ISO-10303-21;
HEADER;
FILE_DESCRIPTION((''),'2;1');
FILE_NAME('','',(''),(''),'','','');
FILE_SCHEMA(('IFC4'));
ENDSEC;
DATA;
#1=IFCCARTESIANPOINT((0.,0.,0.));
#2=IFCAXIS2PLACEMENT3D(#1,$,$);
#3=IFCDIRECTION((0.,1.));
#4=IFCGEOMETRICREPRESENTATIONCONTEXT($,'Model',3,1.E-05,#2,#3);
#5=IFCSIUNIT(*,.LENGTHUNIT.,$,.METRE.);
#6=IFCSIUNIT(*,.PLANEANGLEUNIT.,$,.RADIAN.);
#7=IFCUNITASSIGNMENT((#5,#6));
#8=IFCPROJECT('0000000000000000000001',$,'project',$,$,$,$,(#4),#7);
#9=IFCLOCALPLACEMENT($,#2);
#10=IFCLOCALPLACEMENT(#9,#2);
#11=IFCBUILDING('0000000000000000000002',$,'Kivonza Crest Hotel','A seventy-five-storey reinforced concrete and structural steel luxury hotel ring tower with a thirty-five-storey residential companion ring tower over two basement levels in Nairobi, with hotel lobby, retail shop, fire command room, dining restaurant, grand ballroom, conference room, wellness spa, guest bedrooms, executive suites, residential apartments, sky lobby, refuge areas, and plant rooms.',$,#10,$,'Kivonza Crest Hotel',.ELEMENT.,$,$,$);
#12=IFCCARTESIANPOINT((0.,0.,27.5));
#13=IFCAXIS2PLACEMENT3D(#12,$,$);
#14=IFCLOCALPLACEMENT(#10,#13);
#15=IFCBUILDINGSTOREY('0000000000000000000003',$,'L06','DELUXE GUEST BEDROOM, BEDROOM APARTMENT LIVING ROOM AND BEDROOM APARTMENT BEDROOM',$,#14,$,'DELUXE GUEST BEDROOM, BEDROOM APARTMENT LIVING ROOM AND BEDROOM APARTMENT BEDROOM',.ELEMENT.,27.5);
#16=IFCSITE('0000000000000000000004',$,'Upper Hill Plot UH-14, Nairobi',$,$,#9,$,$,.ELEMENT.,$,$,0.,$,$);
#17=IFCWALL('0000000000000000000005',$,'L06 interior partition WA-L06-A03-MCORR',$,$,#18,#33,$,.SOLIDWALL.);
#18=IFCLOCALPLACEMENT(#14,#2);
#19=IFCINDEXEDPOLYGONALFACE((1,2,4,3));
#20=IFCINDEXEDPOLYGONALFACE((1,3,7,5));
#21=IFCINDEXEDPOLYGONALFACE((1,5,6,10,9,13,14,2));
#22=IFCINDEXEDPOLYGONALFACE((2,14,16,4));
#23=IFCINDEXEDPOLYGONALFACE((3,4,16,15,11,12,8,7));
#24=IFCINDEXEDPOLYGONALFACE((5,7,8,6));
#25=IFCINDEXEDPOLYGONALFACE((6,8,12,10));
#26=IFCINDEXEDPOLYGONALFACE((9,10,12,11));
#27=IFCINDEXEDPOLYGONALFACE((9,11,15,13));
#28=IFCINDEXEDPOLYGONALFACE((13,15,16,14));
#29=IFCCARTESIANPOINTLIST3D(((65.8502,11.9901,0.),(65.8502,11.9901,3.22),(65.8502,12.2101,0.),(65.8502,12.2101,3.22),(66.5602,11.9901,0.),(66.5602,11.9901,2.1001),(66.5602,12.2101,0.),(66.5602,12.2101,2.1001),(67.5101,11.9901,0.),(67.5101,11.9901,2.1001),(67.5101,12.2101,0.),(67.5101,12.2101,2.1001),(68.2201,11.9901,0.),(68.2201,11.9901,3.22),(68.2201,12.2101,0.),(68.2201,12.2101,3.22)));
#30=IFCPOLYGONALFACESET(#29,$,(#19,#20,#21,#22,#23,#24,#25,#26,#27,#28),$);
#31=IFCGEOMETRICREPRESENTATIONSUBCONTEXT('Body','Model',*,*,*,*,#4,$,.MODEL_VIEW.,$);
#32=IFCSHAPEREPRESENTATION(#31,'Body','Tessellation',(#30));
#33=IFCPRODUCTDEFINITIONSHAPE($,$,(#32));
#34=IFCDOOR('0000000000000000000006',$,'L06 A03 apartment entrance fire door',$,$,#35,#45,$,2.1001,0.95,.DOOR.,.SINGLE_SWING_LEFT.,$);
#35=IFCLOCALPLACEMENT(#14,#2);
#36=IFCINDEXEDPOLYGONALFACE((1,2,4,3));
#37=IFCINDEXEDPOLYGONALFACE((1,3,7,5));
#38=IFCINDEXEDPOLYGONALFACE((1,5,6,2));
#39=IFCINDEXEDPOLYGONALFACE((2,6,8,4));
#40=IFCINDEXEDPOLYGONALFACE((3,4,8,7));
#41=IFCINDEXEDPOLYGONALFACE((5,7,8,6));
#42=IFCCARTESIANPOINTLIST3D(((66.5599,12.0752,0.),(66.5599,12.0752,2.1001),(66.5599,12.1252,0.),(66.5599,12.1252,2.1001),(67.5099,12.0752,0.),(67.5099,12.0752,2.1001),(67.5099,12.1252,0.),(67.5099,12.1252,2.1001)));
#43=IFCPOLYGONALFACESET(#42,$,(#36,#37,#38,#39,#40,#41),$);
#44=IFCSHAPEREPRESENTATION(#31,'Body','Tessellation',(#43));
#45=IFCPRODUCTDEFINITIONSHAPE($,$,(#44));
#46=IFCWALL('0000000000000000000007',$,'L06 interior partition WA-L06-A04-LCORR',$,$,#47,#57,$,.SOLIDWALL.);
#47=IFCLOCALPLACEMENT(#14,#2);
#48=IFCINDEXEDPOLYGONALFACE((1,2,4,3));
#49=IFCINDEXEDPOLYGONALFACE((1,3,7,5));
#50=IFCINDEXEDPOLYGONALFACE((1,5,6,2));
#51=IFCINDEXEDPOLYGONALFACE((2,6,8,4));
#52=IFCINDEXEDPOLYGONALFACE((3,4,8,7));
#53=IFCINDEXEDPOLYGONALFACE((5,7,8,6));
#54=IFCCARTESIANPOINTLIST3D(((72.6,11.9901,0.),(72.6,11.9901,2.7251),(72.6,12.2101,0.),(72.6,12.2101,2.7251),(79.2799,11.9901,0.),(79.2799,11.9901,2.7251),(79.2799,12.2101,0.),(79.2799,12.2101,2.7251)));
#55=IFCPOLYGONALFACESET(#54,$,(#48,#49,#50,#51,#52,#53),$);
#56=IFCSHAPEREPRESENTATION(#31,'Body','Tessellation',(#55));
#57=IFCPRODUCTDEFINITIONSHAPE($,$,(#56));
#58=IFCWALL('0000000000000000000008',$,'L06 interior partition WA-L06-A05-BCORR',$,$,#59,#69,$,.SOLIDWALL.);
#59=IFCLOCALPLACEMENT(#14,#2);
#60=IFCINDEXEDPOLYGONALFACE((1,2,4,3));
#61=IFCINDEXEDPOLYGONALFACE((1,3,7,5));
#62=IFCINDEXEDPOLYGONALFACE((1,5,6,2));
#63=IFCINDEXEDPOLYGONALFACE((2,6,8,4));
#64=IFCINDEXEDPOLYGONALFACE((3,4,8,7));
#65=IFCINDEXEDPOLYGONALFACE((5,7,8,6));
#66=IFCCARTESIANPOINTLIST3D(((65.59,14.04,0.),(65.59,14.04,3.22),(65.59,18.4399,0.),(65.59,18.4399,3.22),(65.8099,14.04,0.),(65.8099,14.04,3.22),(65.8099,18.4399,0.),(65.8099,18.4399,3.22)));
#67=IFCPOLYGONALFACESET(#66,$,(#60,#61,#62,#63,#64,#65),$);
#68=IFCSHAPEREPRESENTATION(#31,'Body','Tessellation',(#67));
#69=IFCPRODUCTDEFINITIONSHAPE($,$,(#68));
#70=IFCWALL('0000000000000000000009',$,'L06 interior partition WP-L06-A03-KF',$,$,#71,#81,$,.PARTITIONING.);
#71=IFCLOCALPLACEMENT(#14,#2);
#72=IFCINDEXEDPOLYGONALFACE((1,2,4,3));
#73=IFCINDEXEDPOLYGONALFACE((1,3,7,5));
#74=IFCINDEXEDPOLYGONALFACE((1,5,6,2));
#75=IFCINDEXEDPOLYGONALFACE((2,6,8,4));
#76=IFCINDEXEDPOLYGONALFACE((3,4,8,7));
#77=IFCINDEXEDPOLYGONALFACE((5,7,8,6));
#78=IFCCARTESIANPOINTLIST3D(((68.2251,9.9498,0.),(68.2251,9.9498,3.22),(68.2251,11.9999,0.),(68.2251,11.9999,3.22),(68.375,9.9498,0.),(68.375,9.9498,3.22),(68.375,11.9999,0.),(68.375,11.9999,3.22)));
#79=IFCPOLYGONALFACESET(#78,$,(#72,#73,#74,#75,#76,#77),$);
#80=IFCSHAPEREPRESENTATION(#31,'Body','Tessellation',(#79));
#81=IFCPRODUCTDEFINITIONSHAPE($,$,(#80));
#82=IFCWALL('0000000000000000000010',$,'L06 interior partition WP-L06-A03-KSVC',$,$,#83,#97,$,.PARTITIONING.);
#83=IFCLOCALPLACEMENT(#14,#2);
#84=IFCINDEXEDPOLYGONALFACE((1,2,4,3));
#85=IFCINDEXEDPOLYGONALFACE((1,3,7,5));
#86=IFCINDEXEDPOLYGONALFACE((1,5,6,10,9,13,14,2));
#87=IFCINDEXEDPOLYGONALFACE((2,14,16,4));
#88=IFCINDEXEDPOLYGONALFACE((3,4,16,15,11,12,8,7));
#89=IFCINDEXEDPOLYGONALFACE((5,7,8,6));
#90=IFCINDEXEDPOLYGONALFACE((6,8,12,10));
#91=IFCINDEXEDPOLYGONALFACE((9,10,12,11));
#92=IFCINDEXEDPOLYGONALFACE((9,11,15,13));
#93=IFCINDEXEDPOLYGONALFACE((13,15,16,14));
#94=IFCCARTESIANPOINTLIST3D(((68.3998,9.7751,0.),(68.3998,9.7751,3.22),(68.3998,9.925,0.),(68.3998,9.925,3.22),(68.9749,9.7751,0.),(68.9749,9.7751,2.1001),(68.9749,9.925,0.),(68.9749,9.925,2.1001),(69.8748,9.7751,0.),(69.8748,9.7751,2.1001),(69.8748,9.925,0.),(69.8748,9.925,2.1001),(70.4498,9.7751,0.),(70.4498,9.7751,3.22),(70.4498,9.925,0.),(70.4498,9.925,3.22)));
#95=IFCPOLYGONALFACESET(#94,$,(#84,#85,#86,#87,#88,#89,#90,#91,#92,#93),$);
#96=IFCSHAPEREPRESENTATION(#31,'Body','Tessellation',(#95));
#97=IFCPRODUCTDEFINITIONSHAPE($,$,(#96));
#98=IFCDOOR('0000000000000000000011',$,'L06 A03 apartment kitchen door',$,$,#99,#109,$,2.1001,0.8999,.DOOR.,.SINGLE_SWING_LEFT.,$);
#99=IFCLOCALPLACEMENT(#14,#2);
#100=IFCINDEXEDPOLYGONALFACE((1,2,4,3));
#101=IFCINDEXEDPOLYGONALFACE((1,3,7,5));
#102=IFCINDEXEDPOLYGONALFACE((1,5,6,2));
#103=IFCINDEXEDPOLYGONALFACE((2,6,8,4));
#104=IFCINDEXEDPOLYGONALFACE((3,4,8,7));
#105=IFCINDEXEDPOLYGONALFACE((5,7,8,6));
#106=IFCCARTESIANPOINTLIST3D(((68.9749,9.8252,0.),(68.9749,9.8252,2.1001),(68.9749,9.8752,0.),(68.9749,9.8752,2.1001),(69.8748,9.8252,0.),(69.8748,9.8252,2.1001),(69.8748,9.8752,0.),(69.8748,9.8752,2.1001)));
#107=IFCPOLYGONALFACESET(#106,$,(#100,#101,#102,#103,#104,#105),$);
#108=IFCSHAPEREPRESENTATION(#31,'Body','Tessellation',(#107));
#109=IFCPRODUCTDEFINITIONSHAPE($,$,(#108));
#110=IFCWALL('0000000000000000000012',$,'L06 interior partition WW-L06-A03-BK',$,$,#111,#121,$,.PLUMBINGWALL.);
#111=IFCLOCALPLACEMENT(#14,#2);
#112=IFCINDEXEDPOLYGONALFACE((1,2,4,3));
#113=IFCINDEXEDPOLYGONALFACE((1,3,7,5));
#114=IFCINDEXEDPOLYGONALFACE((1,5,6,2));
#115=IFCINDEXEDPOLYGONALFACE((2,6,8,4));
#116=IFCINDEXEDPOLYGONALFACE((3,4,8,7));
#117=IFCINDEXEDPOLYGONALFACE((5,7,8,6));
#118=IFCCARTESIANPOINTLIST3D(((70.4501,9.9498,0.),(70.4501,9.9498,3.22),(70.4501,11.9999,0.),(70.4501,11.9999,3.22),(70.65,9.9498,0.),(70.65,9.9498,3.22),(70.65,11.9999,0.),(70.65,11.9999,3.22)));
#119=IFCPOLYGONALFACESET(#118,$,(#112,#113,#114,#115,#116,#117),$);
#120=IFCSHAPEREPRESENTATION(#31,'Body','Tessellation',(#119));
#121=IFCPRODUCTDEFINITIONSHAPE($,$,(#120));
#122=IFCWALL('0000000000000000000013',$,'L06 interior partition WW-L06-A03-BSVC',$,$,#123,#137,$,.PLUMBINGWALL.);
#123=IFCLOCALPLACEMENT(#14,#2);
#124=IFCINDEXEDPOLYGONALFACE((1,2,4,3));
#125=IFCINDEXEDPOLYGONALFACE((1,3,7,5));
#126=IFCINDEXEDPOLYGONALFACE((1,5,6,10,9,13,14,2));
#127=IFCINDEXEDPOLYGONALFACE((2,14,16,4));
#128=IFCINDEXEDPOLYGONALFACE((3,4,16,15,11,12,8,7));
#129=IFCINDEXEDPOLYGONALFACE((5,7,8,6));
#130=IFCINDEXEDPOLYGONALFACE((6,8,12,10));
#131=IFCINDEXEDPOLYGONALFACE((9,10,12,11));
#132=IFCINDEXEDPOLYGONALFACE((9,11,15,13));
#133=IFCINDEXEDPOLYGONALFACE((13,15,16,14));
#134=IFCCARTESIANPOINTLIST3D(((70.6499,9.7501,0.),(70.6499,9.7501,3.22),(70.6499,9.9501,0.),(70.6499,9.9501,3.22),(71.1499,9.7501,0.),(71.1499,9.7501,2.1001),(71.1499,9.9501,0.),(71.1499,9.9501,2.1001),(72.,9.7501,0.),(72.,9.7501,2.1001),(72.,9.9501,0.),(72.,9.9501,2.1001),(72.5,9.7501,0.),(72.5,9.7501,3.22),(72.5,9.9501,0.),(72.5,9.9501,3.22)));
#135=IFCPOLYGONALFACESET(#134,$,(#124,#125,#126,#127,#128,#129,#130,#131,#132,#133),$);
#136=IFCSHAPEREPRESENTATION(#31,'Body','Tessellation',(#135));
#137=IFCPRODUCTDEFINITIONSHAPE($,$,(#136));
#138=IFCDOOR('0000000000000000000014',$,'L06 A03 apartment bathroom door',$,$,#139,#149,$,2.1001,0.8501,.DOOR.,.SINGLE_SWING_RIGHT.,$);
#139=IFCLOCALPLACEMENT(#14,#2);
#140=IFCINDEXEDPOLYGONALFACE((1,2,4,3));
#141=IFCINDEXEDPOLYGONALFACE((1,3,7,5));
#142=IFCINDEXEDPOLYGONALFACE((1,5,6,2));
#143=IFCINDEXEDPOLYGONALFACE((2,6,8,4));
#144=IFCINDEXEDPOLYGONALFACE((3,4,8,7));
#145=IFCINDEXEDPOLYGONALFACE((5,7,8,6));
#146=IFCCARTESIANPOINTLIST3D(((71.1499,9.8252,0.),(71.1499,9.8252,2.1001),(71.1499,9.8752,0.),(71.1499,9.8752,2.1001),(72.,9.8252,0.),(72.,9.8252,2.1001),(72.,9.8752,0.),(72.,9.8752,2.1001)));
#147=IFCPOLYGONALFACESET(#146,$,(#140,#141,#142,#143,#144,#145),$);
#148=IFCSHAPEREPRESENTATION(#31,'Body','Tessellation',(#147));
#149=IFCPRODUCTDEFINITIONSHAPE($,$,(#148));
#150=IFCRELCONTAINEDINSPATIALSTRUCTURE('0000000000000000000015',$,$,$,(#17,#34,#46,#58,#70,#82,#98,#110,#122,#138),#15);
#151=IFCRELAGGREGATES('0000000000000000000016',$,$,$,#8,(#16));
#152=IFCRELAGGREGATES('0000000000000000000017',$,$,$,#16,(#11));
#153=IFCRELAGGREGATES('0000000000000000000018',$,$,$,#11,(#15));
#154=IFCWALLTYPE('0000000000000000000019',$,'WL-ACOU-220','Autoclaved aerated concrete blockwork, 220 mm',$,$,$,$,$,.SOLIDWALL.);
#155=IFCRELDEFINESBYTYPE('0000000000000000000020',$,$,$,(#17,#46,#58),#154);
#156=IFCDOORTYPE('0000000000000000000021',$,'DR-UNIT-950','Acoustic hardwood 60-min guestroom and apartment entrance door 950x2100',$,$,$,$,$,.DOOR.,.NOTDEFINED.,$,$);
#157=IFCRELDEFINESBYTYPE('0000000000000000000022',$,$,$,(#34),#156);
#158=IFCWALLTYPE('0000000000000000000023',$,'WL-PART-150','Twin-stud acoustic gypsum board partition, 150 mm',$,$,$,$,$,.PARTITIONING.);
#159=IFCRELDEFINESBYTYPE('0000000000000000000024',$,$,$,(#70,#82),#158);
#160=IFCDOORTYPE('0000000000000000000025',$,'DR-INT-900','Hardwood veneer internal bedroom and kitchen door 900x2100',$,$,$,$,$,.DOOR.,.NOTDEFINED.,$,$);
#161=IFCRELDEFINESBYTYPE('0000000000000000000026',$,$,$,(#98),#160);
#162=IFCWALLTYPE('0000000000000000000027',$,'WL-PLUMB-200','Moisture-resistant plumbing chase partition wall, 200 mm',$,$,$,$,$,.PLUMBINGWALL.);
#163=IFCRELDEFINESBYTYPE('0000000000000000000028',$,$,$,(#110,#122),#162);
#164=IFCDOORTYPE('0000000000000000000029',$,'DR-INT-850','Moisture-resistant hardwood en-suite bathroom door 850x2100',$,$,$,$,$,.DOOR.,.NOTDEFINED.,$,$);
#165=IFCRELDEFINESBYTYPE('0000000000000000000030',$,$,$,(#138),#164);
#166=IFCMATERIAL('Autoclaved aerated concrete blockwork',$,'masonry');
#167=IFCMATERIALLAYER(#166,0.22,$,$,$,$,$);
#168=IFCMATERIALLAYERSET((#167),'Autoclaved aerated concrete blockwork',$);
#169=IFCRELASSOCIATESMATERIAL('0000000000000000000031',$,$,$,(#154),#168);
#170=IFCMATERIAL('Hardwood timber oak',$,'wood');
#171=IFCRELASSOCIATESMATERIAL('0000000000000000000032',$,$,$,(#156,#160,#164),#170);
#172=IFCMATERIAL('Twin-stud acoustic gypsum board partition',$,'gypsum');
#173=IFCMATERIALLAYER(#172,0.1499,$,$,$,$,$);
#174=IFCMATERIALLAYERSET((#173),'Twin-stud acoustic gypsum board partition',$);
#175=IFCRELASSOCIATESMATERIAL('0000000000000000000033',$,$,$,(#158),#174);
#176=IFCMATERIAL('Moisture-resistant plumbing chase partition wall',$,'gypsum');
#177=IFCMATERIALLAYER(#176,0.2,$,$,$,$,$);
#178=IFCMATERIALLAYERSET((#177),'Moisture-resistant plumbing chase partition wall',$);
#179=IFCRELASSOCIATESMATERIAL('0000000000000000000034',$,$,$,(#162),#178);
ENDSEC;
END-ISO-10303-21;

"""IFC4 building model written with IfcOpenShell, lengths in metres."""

from ifc_helpers import new_model, si_unit, direction, frame, frame_2d, origin, place, context, subcontext, project, spatial, rectangle, extrude, material, layer, layer_set, type_object, element, fill, save


model = new_model("IFC4")

# Units and contexts
model_context = context("Model", 3, precision=1e-05, world=origin(), true_north=direction((0.0, 1.0)))
body_context = subcontext(model_context, "Body", "Model", "MODEL_VIEW")
ifc_project = project(units=[si_unit("LENGTHUNIT", "METRE"), si_unit("PLANEANGLEUNIT", "RADIAN")], contexts=[model_context])

# Site, building, storey
site_placement = place(None, origin())
site = spatial("IfcSite", under=ifc_project, at=site_placement, Name="Upper Hill Plot UH-14, Nairobi", CompositionType="ELEMENT", RefElevation=0.0)
building_placement = place(site_placement, origin())
building = spatial("IfcBuilding", under=site, at=building_placement, Name="Kivonza Crest Hotel", Description="A seventy-five-storey reinforced concrete and structural steel luxury hotel ring tower with a thirty-five-storey residential companion ring tower over two basement levels in Nairobi, with hotel lobby, retail shop, fire command room, dining restaurant, grand ballroom, conference room, wellness spa, guest bedrooms, executive suites, residential apartments, sky lobby, refuge areas, and plant rooms.", LongName="Kivonza Crest Hotel", CompositionType="ELEMENT")
storey_placement = place(building_placement, frame((0.0, 0.0, 27.5)))
storey = spatial("IfcBuildingStorey", under=building, at=storey_placement, Name="L06", Description="DELUXE GUEST BEDROOM, BEDROOM APARTMENT LIVING ROOM AND BEDROOM APARTMENT BEDROOM", LongName="DELUXE GUEST BEDROOM, BEDROOM APARTMENT LIVING ROOM AND BEDROOM APARTMENT BEDROOM", CompositionType="ELEMENT", Elevation=27.5)

# Shared definitions
ifc_material_1 = material(Name="Autoclaved aerated concrete blockwork", Category="masonry")
ifc_layer_1 = layer(ifc_material_1, 0.22)
ifc_layer_set_1 = layer_set([ifc_layer_1], Name="Autoclaved aerated concrete blockwork")
wall_type_1 = type_object("IfcWallType", Name="WL-ACOU-220", Description="Autoclaved aerated concrete blockwork, 220 mm", PredefinedType="SOLIDWALL", material=ifc_layer_set_1)

# Wall, opening, door
wall_1_placement = place(storey_placement, frame((65.8501, 12.1001, 0.0), z_axis=(0.0, 0.0, 1.0), x_axis=(1.0, 0.0, 0.0)))
wall_1 = element("IfcWall", 1, at=wall_1_placement, inside=storey, type_object=wall_type_1, Name="L06 interior partition WA-L06-A03-MCORR", PredefinedType="SOLIDWALL", context=body_context, shape_type="SweptSolid", body=[
    extrude(rectangle(XDim=2.3699, YDim=0.22, at=frame_2d((1.1851, 0.0))), origin(), (0.0, 0.0, 1.0), 3.22),
])
opening_1_placement = place(wall_1_placement, frame((0.71, 0.0, 0.0)))
opening_1 = element("IfcOpeningElement", 2, at=opening_1_placement, cuts=wall_1, PredefinedType="OPENING", context=body_context, shape_type="SweptSolid", body=[
    extrude(rectangle(XDim=0.95, YDim=2.1001, at=frame_2d((0.4751, 1.05))), frame((0.0, 0.1201, 0.0), z_axis=(0.0, -1.0, 0.0), x_axis=(1.0, 0.0, 0.0)), (0.0, 0.0, 1.0), 0.24),
])
ifc_material_2 = material(Name="Hardwood timber oak", Category="wood")
door_type_1 = type_object("IfcDoorType", Name="DR-UNIT-950", Description="Acoustic hardwood 60-min guestroom and apartment entrance door 950x2100", OperationType="NOTDEFINED", PredefinedType="DOOR", material=ifc_material_2)
door_1_placement = place(opening_1_placement, frame((0.95, 0.0, 0.0), z_axis=(0.0, 0.0, 1.0), x_axis=(-1.0, 0.0, 0.0)))
door_1 = element("IfcDoor", 3, at=door_1_placement, inside=storey, type_object=door_type_1, Name="L06 A03 apartment entrance fire door", OperationType="SINGLE_SWING_LEFT", OverallHeight=2.1001, OverallWidth=0.95, PredefinedType="DOOR", context=body_context, shape_type="SweptSolid", body=[
    extrude(rectangle(XDim=0.95, YDim=2.1001, at=frame_2d((0.4751, 1.05))), frame((0.0, 0.0249, 0.0), z_axis=(0.0, -1.0, 0.0), x_axis=(1.0, 0.0, 0.0)), (0.0, 0.0, 1.0), 0.05),
])
fill(opening_1, door_1)

# Walls
wall_2_placement = place(storey_placement, frame((72.6001, 12.1001, 0.0), z_axis=(0.0, 0.0, 1.0), x_axis=(1.0, 0.0, 0.0)))
element("IfcWall", 4, at=wall_2_placement, inside=storey, type_object=wall_type_1, Name="L06 interior partition WA-L06-A04-LCORR", PredefinedType="SOLIDWALL", context=body_context, shape_type="SweptSolid", body=[
    extrude(rectangle(XDim=6.6799, YDim=0.22, at=frame_2d((3.3398, 0.0))), origin(), (0.0, 0.0, 1.0), 2.7251),
])
wall_3_placement = place(storey_placement, frame((65.7, 14.04, 0.0), z_axis=(0.0, 0.0, 1.0), x_axis=(0.0, 1.0, 0.0)))
element("IfcWall", 5, at=wall_3_placement, inside=storey, type_object=wall_type_1, Name="L06 interior partition WA-L06-A05-BCORR", PredefinedType="SOLIDWALL", context=body_context, shape_type="SweptSolid", body=[
    extrude(rectangle(XDim=4.3999, YDim=0.22, at=frame_2d((2.2, 0.0))), origin(), (0.0, 0.0, 1.0), 3.22),
])

# Wall
ifc_material_3 = material(Name="Twin-stud acoustic gypsum board partition", Category="gypsum")
ifc_layer_2 = layer(ifc_material_3, 0.1499)
ifc_layer_set_2 = layer_set([ifc_layer_2], Name="Twin-stud acoustic gypsum board partition")
wall_type_2 = type_object("IfcWallType", Name="WL-PART-150", Description="Twin-stud acoustic gypsum board partition, 150 mm", PredefinedType="PARTITIONING", material=ifc_layer_set_2)
wall_4_placement = place(storey_placement, frame((68.3, 9.95, 0.0), z_axis=(0.0, 0.0, 1.0), x_axis=(0.0, 1.0, 0.0)))
element("IfcWall", 6, at=wall_4_placement, inside=storey, type_object=wall_type_2, Name="L06 interior partition WP-L06-A03-KF", PredefinedType="PARTITIONING", context=body_context, shape_type="SweptSolid", body=[
    extrude(rectangle(XDim=2.05, YDim=0.1499, at=frame_2d((1.0249, 0.0))), origin(), (0.0, 0.0, 1.0), 3.22),
])

# Wall, opening, door
wall_5_placement = place(storey_placement, frame((68.3999, 9.8501, 0.0), z_axis=(0.0, 0.0, 1.0), x_axis=(1.0, 0.0, 0.0)))
wall_5 = element("IfcWall", 7, at=wall_5_placement, inside=storey, type_object=wall_type_2, Name="L06 interior partition WP-L06-A03-KSVC", PredefinedType="PARTITIONING", context=body_context, shape_type="SweptSolid", body=[
    extrude(rectangle(XDim=2.05, YDim=0.1499, at=frame_2d((1.0249, 0.0))), origin(), (0.0, 0.0, 1.0), 3.22),
])
opening_2_placement = place(wall_5_placement, frame((0.575, 0.0, 0.0)))
opening_2 = element("IfcOpeningElement", 8, at=opening_2_placement, cuts=wall_5, PredefinedType="OPENING", context=body_context, shape_type="SweptSolid", body=[
    extrude(rectangle(XDim=0.8999, YDim=2.1001, at=frame_2d((0.45, 1.05))), frame((0.0, 0.085, 0.0), z_axis=(0.0, -1.0, 0.0), x_axis=(1.0, 0.0, 0.0)), (0.0, 0.0, 1.0), 0.1699),
])
door_type_2 = type_object("IfcDoorType", Name="DR-INT-900", Description="Hardwood veneer internal bedroom and kitchen door 900x2100", OperationType="NOTDEFINED", PredefinedType="DOOR", material=ifc_material_2)
door_2_placement = place(opening_2_placement, frame((0.8999, 0.0, 0.0), z_axis=(0.0, 0.0, 1.0), x_axis=(-1.0, 0.0, 0.0)))
door_2 = element("IfcDoor", 9, at=door_2_placement, inside=storey, type_object=door_type_2, Name="L06 A03 apartment kitchen door", OperationType="SINGLE_SWING_LEFT", OverallHeight=2.1001, OverallWidth=0.8999, PredefinedType="DOOR", context=body_context, shape_type="SweptSolid", body=[
    extrude(rectangle(XDim=0.8999, YDim=2.1001, at=frame_2d((0.45, 1.05))), frame((0.0, 0.0249, 0.0), z_axis=(0.0, -1.0, 0.0), x_axis=(1.0, 0.0, 0.0)), (0.0, 0.0, 1.0), 0.05),
])
fill(opening_2, door_2)

# Wall
ifc_material_4 = material(Name="Moisture-resistant plumbing chase partition wall", Category="gypsum")
ifc_layer_3 = layer(ifc_material_4, 0.2)
ifc_layer_set_3 = layer_set([ifc_layer_3], Name="Moisture-resistant plumbing chase partition wall")
wall_type_3 = type_object("IfcWallType", Name="WL-PLUMB-200", Description="Moisture-resistant plumbing chase partition wall, 200 mm", PredefinedType="PLUMBINGWALL", material=ifc_layer_set_3)
wall_6_placement = place(storey_placement, frame((70.55, 9.95, 0.0), z_axis=(0.0, 0.0, 1.0), x_axis=(0.0, 1.0, 0.0)))
element("IfcWall", 10, at=wall_6_placement, inside=storey, type_object=wall_type_3, Name="L06 interior partition WW-L06-A03-BK", PredefinedType="PLUMBINGWALL", context=body_context, shape_type="SweptSolid", body=[
    extrude(rectangle(XDim=2.05, YDim=0.2, at=frame_2d((1.0249, 0.0))), origin(), (0.0, 0.0, 1.0), 3.22),
])

# Wall, opening, door
wall_7_placement = place(storey_placement, frame((70.6499, 9.8501, 0.0), z_axis=(0.0, 0.0, 1.0), x_axis=(1.0, 0.0, 0.0)))
wall_7 = element("IfcWall", 11, at=wall_7_placement, inside=storey, type_object=wall_type_3, Name="L06 interior partition WW-L06-A03-BSVC", PredefinedType="PLUMBINGWALL", context=body_context, shape_type="SweptSolid", body=[
    extrude(rectangle(XDim=1.8501, YDim=0.2, at=frame_2d((0.925, 0.0))), origin(), (0.0, 0.0, 1.0), 3.22),
])
opening_3_placement = place(wall_7_placement, frame((0.5, 0.0, 0.0)))
opening_3 = element("IfcOpeningElement", 12, at=opening_3_placement, cuts=wall_7, PredefinedType="OPENING", context=body_context, shape_type="SweptSolid", body=[
    extrude(rectangle(XDim=0.8501, YDim=2.1001, at=frame_2d((0.425, 1.05))), frame((0.0, 0.1099, 0.0), z_axis=(0.0, -1.0, 0.0), x_axis=(1.0, 0.0, 0.0)), (0.0, 0.0, 1.0), 0.22),
])
door_type_3 = type_object("IfcDoorType", Name="DR-INT-850", Description="Moisture-resistant hardwood en-suite bathroom door 850x2100", OperationType="NOTDEFINED", PredefinedType="DOOR", material=ifc_material_2)
door_3_placement = place(opening_3_placement, frame((0.8501, 0.0, 0.0), z_axis=(0.0, 0.0, 1.0), x_axis=(-1.0, 0.0, 0.0)))
door_3 = element("IfcDoor", 13, at=door_3_placement, inside=storey, type_object=door_type_3, Name="L06 A03 apartment bathroom door", OperationType="SINGLE_SWING_RIGHT", OverallHeight=2.1001, OverallWidth=0.8501, PredefinedType="DOOR", context=body_context, shape_type="SweptSolid", body=[
    extrude(rectangle(XDim=0.8501, YDim=2.1001, at=frame_2d((0.425, 1.05))), frame((0.0, 0.0249, 0.0), z_axis=(0.0, -1.0, 0.0), x_axis=(1.0, 0.0, 0.0)), (0.0, 0.0, 1.0), 0.05),
])
fill(opening_3, door_3)

save(model, "model.ifc")
